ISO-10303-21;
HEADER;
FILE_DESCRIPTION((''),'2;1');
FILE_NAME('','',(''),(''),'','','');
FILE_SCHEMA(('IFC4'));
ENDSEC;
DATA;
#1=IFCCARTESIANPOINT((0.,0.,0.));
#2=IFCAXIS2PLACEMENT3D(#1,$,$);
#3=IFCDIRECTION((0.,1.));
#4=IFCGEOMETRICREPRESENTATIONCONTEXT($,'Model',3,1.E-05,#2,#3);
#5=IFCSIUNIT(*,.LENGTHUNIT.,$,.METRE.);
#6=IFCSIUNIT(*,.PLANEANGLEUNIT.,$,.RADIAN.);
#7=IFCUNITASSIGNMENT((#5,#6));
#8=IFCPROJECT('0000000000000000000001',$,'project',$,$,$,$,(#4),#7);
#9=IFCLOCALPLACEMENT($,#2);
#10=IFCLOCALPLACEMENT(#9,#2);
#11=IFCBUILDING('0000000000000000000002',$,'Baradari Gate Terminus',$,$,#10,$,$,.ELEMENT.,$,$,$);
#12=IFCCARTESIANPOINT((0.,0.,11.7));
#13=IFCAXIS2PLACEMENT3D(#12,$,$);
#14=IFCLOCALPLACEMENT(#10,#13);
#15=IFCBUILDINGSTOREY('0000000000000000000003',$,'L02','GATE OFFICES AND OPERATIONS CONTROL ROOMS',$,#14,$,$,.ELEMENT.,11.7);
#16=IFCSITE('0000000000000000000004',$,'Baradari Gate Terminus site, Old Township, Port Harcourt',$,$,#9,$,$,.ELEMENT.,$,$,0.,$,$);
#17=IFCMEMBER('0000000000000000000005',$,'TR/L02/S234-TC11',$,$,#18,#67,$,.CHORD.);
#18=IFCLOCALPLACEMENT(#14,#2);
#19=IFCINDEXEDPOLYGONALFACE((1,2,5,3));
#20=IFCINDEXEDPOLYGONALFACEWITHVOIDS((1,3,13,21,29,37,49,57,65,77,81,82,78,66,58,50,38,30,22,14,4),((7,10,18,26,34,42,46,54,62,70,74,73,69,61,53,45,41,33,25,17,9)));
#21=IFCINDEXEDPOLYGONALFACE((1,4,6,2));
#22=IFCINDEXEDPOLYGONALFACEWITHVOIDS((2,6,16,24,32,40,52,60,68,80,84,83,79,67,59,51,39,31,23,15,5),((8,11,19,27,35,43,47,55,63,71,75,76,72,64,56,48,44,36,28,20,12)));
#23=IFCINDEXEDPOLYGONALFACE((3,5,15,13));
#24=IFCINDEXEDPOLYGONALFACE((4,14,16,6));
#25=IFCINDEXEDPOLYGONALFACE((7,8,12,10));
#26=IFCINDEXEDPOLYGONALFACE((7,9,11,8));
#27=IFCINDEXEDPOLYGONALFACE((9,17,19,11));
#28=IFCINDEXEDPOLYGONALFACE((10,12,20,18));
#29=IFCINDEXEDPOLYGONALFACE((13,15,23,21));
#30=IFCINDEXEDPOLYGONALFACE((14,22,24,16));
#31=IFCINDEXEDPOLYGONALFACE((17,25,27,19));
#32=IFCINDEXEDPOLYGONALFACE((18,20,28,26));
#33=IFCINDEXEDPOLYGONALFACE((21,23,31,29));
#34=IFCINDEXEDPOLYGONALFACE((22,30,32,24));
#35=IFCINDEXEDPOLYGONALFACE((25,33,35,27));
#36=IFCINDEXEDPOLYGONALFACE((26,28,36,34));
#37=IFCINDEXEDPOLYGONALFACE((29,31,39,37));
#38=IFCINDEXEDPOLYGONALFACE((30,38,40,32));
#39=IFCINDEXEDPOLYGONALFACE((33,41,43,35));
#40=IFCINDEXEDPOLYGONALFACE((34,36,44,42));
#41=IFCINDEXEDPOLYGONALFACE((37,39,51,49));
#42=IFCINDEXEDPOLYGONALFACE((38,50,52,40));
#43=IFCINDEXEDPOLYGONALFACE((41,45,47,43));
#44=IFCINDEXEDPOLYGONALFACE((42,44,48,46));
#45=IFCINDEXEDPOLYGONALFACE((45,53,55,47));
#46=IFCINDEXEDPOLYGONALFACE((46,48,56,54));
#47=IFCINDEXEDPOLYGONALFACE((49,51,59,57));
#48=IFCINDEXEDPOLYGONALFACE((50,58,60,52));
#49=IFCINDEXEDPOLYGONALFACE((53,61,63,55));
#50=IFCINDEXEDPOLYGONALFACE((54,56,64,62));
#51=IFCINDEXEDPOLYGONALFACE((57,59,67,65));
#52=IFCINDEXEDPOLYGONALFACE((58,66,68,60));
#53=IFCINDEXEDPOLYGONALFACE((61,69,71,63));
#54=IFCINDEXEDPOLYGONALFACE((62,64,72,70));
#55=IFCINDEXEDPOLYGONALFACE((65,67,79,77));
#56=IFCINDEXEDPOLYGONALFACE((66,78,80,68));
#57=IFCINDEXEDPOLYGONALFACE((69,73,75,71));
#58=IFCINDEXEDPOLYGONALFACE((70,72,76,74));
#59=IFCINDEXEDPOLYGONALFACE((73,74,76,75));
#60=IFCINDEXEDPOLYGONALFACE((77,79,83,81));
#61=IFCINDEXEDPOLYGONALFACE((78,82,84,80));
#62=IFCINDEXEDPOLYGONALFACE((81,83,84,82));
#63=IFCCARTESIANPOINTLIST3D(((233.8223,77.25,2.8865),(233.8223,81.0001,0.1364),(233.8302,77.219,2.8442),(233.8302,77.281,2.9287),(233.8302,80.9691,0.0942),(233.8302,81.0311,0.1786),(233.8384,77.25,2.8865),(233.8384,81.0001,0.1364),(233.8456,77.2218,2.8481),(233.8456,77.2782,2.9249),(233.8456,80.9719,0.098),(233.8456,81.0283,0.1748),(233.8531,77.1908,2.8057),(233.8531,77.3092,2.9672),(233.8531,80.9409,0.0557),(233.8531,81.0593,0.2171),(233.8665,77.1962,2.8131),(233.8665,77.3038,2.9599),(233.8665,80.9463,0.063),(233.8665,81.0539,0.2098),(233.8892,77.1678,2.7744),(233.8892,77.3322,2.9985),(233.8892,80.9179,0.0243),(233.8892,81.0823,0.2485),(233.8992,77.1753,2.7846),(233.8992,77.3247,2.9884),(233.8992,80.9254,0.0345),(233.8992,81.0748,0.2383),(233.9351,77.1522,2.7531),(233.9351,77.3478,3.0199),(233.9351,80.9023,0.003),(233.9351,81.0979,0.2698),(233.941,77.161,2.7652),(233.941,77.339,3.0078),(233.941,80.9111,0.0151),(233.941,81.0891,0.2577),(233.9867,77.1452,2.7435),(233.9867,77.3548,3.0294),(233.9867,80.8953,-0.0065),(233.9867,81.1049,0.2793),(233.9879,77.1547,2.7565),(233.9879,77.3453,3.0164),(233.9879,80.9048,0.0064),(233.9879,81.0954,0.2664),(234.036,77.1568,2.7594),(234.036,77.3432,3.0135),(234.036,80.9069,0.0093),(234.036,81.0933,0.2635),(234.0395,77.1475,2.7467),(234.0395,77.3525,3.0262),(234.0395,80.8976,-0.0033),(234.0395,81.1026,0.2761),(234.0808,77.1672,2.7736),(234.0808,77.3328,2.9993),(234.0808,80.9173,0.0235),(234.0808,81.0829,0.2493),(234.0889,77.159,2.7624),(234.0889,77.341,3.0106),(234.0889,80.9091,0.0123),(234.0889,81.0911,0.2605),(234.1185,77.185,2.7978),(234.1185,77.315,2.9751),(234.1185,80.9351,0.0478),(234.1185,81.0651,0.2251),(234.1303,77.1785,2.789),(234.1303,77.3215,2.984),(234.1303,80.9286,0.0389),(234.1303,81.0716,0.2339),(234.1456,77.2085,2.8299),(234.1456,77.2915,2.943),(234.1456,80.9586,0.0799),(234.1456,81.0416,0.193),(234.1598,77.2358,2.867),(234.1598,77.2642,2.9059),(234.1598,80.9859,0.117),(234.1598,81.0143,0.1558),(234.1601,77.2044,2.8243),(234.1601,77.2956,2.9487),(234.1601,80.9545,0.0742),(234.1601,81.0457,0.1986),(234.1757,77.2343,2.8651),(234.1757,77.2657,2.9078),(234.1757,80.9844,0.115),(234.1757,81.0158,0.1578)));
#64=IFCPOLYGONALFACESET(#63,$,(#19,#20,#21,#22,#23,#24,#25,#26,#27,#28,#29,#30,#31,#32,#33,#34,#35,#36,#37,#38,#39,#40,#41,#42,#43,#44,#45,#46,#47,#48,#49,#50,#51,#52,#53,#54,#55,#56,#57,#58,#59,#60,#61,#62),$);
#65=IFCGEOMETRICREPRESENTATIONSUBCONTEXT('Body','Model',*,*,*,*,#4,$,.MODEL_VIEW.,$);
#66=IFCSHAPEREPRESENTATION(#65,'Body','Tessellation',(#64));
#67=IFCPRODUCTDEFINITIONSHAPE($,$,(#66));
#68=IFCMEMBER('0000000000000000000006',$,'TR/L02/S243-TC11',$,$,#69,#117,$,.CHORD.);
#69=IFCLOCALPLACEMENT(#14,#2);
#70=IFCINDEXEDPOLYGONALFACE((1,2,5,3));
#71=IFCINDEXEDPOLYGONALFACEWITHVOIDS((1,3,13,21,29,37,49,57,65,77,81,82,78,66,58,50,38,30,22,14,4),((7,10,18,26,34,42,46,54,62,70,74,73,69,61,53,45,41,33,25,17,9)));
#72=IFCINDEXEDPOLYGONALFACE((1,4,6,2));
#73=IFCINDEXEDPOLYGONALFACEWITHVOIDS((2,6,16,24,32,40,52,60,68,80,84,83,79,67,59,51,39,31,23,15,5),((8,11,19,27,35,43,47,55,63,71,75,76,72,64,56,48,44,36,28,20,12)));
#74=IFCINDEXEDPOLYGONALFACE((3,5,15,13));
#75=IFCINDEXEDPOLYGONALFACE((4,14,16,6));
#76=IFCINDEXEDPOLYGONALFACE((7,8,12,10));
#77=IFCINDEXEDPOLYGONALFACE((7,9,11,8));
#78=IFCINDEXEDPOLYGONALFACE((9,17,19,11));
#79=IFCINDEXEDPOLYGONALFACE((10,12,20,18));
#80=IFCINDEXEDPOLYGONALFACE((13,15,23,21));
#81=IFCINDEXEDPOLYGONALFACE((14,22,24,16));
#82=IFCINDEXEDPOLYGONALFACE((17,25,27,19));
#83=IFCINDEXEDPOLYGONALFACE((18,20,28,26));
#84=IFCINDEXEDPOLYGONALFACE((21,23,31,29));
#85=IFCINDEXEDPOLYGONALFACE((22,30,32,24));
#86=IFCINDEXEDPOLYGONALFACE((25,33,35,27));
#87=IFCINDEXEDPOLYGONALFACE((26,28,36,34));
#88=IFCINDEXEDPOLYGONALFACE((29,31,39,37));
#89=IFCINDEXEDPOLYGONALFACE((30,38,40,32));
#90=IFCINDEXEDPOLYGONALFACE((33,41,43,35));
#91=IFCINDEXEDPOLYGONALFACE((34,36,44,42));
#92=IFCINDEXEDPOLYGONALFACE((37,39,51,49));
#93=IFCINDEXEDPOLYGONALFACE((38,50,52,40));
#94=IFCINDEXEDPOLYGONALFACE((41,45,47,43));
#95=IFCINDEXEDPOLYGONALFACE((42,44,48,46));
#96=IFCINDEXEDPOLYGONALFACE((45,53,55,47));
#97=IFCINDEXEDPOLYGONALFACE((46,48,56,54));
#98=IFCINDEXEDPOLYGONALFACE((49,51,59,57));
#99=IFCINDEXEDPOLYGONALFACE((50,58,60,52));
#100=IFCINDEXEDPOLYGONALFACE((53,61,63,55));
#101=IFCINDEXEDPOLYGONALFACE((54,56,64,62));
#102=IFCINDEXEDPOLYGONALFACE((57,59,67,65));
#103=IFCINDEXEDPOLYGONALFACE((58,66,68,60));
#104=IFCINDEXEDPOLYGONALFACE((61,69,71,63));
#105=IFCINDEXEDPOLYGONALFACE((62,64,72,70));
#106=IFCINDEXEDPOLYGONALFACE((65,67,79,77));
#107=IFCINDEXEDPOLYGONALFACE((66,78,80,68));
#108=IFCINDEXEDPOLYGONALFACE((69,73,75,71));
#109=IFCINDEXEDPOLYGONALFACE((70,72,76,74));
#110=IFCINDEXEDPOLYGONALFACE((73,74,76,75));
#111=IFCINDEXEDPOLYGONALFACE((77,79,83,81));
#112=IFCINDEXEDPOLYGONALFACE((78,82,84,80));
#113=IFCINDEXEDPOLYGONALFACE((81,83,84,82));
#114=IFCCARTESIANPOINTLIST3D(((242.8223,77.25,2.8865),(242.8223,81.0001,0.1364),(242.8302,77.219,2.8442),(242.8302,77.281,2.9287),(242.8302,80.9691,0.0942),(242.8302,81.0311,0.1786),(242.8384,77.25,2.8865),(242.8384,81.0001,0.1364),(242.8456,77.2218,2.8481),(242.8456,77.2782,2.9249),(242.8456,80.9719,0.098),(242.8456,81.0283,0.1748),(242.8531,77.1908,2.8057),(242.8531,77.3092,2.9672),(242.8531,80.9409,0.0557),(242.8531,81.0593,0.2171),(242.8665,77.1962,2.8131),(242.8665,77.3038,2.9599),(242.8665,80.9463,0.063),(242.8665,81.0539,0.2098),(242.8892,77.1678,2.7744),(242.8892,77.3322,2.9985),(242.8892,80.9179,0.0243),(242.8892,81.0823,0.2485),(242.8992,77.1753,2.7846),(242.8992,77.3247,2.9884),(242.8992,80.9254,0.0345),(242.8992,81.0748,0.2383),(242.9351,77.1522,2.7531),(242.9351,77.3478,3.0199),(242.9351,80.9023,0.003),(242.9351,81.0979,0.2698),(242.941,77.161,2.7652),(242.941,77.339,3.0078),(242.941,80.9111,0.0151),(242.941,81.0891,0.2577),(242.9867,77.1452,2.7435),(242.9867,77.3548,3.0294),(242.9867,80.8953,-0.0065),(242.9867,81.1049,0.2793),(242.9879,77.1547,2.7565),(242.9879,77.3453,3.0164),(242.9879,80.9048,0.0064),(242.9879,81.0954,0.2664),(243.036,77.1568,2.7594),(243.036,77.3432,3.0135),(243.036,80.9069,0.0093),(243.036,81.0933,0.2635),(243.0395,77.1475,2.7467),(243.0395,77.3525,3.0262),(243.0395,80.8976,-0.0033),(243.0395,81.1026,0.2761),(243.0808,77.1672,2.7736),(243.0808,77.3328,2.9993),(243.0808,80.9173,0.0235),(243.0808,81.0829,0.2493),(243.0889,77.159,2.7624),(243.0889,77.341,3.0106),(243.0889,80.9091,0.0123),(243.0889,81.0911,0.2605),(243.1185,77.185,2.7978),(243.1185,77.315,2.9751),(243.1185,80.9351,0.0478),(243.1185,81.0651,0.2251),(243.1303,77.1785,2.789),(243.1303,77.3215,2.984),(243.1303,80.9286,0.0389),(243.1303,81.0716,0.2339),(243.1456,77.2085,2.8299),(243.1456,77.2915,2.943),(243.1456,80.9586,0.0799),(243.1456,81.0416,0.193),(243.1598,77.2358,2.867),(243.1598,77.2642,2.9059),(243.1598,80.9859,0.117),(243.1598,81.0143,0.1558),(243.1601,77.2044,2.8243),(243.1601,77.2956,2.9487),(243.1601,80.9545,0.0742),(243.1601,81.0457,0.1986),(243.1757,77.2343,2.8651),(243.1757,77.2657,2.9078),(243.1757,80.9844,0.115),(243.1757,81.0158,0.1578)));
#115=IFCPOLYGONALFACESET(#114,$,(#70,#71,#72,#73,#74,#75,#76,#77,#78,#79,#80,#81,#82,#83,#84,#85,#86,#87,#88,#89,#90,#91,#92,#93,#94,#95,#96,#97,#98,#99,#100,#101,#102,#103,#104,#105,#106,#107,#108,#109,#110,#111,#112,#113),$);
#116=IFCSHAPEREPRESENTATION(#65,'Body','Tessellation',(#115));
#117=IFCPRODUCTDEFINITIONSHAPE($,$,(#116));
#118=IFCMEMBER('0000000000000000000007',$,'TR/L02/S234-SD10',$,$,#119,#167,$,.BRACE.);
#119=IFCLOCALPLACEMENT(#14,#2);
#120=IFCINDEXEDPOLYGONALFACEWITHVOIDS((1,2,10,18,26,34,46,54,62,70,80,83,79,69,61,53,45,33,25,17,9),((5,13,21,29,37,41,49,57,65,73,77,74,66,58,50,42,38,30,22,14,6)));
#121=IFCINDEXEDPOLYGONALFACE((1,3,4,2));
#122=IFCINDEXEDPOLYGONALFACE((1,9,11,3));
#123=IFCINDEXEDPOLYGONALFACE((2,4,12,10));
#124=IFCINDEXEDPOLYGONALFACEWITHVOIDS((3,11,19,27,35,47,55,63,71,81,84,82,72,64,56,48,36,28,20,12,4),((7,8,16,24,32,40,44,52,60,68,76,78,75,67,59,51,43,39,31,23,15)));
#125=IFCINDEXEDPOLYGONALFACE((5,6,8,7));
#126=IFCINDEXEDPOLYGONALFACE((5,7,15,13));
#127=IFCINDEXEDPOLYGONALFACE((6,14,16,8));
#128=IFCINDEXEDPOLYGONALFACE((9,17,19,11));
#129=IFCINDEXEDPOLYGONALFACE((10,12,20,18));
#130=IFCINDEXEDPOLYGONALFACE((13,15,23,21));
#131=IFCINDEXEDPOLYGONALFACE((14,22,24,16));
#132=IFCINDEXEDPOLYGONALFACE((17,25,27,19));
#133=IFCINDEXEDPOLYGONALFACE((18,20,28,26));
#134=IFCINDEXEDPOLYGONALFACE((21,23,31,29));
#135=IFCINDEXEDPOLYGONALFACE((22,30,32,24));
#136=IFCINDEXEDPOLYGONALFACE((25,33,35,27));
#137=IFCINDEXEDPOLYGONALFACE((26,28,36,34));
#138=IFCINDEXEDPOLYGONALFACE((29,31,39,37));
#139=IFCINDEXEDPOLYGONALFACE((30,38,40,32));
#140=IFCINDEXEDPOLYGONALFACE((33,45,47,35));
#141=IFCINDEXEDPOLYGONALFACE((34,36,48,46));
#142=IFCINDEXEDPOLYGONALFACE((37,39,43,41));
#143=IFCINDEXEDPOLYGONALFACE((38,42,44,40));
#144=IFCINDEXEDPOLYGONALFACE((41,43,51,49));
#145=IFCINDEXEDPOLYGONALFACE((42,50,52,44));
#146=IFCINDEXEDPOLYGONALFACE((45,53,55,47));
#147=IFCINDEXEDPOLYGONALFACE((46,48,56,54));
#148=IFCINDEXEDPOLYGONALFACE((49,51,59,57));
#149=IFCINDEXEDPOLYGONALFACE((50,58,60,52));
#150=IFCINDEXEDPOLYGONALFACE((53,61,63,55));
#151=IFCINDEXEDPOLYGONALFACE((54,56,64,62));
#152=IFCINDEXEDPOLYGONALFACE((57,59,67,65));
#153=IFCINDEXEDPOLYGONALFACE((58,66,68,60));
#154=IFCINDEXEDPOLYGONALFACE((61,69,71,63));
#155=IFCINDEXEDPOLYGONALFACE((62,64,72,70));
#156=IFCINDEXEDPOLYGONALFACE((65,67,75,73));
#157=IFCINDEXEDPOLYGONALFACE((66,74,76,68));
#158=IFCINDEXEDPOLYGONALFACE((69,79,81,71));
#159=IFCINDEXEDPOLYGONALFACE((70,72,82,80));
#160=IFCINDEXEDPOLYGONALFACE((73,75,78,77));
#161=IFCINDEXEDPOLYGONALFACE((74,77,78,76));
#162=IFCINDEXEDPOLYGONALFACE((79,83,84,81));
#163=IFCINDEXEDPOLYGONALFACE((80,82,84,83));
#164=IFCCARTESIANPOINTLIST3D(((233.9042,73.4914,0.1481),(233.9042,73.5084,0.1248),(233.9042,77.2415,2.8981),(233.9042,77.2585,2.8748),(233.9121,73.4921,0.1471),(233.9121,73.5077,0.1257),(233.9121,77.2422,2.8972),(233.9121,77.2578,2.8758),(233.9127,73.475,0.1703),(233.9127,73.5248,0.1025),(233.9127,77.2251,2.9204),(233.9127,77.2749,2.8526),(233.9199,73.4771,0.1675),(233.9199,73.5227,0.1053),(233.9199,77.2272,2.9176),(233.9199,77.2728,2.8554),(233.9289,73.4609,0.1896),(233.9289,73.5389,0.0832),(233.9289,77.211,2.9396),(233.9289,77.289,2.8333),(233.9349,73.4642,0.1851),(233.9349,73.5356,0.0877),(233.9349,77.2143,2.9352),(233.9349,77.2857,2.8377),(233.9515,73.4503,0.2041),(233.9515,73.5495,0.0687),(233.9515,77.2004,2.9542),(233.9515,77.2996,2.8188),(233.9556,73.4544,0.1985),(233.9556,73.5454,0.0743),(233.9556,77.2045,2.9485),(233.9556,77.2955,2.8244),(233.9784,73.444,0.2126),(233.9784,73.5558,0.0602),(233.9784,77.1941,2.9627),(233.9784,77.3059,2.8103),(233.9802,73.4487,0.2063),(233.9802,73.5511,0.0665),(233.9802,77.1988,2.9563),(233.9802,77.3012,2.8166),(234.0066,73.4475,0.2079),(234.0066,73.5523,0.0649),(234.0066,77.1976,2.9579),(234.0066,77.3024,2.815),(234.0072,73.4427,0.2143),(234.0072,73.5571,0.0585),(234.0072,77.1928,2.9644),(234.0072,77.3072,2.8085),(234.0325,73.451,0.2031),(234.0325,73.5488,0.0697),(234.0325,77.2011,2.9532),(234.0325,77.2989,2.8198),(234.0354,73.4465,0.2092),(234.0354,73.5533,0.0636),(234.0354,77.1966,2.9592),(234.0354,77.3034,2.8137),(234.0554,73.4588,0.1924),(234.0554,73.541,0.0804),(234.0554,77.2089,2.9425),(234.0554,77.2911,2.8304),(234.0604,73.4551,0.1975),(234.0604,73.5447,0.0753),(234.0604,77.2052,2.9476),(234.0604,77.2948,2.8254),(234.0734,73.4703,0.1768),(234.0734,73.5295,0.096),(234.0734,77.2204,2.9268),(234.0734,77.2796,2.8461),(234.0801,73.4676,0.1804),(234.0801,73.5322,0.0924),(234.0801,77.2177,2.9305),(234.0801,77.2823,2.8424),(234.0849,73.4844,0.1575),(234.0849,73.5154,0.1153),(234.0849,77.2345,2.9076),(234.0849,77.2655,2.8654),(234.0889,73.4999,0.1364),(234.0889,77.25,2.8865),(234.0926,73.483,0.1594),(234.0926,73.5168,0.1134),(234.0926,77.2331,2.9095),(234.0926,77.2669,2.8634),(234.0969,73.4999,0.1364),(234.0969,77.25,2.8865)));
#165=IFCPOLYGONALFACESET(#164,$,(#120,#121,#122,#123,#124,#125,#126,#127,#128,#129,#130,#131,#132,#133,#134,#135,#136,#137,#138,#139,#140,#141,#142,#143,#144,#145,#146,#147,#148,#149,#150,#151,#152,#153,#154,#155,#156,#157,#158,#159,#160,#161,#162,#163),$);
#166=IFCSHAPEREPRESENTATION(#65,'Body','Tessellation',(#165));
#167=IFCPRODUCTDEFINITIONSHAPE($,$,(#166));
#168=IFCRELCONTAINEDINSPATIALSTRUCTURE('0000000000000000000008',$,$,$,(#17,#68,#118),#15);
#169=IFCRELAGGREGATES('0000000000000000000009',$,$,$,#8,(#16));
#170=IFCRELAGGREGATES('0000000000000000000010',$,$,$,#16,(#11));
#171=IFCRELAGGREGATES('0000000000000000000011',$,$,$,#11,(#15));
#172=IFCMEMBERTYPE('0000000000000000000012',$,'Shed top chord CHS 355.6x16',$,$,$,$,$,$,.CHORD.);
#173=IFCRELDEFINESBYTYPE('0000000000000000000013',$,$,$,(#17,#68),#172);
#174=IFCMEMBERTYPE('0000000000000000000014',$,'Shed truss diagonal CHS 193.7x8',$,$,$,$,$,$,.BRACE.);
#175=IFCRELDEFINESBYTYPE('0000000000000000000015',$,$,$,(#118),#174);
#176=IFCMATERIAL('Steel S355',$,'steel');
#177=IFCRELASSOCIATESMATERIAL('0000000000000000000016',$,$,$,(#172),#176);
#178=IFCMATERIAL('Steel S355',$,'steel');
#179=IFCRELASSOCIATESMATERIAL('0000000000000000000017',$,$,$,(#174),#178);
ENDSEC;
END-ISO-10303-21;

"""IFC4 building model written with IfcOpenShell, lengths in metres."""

from ifc_helpers import new_model, si_unit, direction, frame, origin, origin_2d, place, context, subcontext, project, spatial, hollow_circle, extrude, material, material_profile, profile_set, type_object, element, save


model = new_model("IFC4")

# Units and contexts
model_context = context("Model", 3, precision=1e-05, world=origin(), true_north=direction((0.0, 1.0)))
body_context = subcontext(model_context, "Body", "Model", "MODEL_VIEW")
ifc_project = project(units=[si_unit("LENGTHUNIT", "METRE"), si_unit("PLANEANGLEUNIT", "RADIAN")], contexts=[model_context])

# Site, building, storey
site_placement = place(None, origin())
site = spatial("IfcSite", under=ifc_project, at=site_placement, Name="Baradari Gate Terminus site, Old Township, Port Harcourt", CompositionType="ELEMENT", RefElevation=0.0)
building_placement = place(site_placement, origin())
building = spatial("IfcBuilding", under=site, at=building_placement, Name="Baradari Gate Terminus", CompositionType="ELEMENT")
storey_placement = place(building_placement, frame((0.0, 0.0, 11.7)))
storey = spatial("IfcBuildingStorey", under=building, at=storey_placement, Name="L02", Description="GATE OFFICES AND OPERATIONS CONTROL ROOMS", CompositionType="ELEMENT", Elevation=11.7)

# Members
ifc_material_1 = material(Name="Steel S355", Category="steel")
ifc_material_profile_1 = material_profile(ifc_material_1, hollow_circle(Radius=0.1777, WallThickness=0.0161, at=origin_2d()), Name="CHS 355.6x16")
ifc_profile_set_1 = profile_set([ifc_material_profile_1], Name="Steel S355")
member_type_1 = type_object("IfcMemberType", Name="Shed top chord CHS 355.6x16", PredefinedType="CHORD", material=ifc_profile_set_1)
for number, where, z_axis, x_axis, name in (
    (1, (234.0, 77.25, 2.8865), (0.0, 0.806405, -0.591364), (-1.0, 0.0, 0.0), "TR/L02/S234-TC11"),
    (2, (243.0, 77.25, 2.8865), (0.0, 0.806405, -0.591364), (-1.0, 0.0, 0.0), "TR/L02/S243-TC11"),
):
    element("IfcMember", number, at=place(storey_placement, frame(where, z_axis=z_axis, x_axis=x_axis)), inside=storey, type_object=member_type_1, Name=name, PredefinedType="CHORD", context=body_context, shape_type="SweptSolid", body=[
        extrude(hollow_circle(Radius=0.1777, WallThickness=0.0161, at=origin_2d()), origin(), (0.0, 0.0, 1.0), 4.6504),
    ])
ifc_material_2 = material(Name="Steel S355", Category="steel")
ifc_material_profile_2 = material_profile(ifc_material_2, hollow_circle(Radius=0.0969, WallThickness=0.0081, at=origin_2d()), Name="CHS 193.7x8")
ifc_profile_set_2 = profile_set([ifc_material_profile_2], Name="Steel S355")
member_type_2 = type_object("IfcMemberType", Name="Shed truss diagonal CHS 193.7x8", PredefinedType="BRACE", material=ifc_profile_set_2)
for number, where, z_axis, x_axis, name in (
    (3, (234.0, 77.25, 2.8865), (0.0, -0.806405, -0.591364), (1.0, 0.0, 0.0), "TR/L02/S234-SD10"),
):
    element("IfcMember", number, at=place(storey_placement, frame(where, z_axis=z_axis, x_axis=x_axis)), inside=storey, type_object=member_type_2, Name=name, PredefinedType="BRACE", context=body_context, shape_type="SweptSolid", body=[
        extrude(hollow_circle(Radius=0.0969, WallThickness=0.0081, at=origin_2d()), origin(), (0.0, 0.0, 1.0), 4.6504),
    ])

save(model, "model.ifc")
